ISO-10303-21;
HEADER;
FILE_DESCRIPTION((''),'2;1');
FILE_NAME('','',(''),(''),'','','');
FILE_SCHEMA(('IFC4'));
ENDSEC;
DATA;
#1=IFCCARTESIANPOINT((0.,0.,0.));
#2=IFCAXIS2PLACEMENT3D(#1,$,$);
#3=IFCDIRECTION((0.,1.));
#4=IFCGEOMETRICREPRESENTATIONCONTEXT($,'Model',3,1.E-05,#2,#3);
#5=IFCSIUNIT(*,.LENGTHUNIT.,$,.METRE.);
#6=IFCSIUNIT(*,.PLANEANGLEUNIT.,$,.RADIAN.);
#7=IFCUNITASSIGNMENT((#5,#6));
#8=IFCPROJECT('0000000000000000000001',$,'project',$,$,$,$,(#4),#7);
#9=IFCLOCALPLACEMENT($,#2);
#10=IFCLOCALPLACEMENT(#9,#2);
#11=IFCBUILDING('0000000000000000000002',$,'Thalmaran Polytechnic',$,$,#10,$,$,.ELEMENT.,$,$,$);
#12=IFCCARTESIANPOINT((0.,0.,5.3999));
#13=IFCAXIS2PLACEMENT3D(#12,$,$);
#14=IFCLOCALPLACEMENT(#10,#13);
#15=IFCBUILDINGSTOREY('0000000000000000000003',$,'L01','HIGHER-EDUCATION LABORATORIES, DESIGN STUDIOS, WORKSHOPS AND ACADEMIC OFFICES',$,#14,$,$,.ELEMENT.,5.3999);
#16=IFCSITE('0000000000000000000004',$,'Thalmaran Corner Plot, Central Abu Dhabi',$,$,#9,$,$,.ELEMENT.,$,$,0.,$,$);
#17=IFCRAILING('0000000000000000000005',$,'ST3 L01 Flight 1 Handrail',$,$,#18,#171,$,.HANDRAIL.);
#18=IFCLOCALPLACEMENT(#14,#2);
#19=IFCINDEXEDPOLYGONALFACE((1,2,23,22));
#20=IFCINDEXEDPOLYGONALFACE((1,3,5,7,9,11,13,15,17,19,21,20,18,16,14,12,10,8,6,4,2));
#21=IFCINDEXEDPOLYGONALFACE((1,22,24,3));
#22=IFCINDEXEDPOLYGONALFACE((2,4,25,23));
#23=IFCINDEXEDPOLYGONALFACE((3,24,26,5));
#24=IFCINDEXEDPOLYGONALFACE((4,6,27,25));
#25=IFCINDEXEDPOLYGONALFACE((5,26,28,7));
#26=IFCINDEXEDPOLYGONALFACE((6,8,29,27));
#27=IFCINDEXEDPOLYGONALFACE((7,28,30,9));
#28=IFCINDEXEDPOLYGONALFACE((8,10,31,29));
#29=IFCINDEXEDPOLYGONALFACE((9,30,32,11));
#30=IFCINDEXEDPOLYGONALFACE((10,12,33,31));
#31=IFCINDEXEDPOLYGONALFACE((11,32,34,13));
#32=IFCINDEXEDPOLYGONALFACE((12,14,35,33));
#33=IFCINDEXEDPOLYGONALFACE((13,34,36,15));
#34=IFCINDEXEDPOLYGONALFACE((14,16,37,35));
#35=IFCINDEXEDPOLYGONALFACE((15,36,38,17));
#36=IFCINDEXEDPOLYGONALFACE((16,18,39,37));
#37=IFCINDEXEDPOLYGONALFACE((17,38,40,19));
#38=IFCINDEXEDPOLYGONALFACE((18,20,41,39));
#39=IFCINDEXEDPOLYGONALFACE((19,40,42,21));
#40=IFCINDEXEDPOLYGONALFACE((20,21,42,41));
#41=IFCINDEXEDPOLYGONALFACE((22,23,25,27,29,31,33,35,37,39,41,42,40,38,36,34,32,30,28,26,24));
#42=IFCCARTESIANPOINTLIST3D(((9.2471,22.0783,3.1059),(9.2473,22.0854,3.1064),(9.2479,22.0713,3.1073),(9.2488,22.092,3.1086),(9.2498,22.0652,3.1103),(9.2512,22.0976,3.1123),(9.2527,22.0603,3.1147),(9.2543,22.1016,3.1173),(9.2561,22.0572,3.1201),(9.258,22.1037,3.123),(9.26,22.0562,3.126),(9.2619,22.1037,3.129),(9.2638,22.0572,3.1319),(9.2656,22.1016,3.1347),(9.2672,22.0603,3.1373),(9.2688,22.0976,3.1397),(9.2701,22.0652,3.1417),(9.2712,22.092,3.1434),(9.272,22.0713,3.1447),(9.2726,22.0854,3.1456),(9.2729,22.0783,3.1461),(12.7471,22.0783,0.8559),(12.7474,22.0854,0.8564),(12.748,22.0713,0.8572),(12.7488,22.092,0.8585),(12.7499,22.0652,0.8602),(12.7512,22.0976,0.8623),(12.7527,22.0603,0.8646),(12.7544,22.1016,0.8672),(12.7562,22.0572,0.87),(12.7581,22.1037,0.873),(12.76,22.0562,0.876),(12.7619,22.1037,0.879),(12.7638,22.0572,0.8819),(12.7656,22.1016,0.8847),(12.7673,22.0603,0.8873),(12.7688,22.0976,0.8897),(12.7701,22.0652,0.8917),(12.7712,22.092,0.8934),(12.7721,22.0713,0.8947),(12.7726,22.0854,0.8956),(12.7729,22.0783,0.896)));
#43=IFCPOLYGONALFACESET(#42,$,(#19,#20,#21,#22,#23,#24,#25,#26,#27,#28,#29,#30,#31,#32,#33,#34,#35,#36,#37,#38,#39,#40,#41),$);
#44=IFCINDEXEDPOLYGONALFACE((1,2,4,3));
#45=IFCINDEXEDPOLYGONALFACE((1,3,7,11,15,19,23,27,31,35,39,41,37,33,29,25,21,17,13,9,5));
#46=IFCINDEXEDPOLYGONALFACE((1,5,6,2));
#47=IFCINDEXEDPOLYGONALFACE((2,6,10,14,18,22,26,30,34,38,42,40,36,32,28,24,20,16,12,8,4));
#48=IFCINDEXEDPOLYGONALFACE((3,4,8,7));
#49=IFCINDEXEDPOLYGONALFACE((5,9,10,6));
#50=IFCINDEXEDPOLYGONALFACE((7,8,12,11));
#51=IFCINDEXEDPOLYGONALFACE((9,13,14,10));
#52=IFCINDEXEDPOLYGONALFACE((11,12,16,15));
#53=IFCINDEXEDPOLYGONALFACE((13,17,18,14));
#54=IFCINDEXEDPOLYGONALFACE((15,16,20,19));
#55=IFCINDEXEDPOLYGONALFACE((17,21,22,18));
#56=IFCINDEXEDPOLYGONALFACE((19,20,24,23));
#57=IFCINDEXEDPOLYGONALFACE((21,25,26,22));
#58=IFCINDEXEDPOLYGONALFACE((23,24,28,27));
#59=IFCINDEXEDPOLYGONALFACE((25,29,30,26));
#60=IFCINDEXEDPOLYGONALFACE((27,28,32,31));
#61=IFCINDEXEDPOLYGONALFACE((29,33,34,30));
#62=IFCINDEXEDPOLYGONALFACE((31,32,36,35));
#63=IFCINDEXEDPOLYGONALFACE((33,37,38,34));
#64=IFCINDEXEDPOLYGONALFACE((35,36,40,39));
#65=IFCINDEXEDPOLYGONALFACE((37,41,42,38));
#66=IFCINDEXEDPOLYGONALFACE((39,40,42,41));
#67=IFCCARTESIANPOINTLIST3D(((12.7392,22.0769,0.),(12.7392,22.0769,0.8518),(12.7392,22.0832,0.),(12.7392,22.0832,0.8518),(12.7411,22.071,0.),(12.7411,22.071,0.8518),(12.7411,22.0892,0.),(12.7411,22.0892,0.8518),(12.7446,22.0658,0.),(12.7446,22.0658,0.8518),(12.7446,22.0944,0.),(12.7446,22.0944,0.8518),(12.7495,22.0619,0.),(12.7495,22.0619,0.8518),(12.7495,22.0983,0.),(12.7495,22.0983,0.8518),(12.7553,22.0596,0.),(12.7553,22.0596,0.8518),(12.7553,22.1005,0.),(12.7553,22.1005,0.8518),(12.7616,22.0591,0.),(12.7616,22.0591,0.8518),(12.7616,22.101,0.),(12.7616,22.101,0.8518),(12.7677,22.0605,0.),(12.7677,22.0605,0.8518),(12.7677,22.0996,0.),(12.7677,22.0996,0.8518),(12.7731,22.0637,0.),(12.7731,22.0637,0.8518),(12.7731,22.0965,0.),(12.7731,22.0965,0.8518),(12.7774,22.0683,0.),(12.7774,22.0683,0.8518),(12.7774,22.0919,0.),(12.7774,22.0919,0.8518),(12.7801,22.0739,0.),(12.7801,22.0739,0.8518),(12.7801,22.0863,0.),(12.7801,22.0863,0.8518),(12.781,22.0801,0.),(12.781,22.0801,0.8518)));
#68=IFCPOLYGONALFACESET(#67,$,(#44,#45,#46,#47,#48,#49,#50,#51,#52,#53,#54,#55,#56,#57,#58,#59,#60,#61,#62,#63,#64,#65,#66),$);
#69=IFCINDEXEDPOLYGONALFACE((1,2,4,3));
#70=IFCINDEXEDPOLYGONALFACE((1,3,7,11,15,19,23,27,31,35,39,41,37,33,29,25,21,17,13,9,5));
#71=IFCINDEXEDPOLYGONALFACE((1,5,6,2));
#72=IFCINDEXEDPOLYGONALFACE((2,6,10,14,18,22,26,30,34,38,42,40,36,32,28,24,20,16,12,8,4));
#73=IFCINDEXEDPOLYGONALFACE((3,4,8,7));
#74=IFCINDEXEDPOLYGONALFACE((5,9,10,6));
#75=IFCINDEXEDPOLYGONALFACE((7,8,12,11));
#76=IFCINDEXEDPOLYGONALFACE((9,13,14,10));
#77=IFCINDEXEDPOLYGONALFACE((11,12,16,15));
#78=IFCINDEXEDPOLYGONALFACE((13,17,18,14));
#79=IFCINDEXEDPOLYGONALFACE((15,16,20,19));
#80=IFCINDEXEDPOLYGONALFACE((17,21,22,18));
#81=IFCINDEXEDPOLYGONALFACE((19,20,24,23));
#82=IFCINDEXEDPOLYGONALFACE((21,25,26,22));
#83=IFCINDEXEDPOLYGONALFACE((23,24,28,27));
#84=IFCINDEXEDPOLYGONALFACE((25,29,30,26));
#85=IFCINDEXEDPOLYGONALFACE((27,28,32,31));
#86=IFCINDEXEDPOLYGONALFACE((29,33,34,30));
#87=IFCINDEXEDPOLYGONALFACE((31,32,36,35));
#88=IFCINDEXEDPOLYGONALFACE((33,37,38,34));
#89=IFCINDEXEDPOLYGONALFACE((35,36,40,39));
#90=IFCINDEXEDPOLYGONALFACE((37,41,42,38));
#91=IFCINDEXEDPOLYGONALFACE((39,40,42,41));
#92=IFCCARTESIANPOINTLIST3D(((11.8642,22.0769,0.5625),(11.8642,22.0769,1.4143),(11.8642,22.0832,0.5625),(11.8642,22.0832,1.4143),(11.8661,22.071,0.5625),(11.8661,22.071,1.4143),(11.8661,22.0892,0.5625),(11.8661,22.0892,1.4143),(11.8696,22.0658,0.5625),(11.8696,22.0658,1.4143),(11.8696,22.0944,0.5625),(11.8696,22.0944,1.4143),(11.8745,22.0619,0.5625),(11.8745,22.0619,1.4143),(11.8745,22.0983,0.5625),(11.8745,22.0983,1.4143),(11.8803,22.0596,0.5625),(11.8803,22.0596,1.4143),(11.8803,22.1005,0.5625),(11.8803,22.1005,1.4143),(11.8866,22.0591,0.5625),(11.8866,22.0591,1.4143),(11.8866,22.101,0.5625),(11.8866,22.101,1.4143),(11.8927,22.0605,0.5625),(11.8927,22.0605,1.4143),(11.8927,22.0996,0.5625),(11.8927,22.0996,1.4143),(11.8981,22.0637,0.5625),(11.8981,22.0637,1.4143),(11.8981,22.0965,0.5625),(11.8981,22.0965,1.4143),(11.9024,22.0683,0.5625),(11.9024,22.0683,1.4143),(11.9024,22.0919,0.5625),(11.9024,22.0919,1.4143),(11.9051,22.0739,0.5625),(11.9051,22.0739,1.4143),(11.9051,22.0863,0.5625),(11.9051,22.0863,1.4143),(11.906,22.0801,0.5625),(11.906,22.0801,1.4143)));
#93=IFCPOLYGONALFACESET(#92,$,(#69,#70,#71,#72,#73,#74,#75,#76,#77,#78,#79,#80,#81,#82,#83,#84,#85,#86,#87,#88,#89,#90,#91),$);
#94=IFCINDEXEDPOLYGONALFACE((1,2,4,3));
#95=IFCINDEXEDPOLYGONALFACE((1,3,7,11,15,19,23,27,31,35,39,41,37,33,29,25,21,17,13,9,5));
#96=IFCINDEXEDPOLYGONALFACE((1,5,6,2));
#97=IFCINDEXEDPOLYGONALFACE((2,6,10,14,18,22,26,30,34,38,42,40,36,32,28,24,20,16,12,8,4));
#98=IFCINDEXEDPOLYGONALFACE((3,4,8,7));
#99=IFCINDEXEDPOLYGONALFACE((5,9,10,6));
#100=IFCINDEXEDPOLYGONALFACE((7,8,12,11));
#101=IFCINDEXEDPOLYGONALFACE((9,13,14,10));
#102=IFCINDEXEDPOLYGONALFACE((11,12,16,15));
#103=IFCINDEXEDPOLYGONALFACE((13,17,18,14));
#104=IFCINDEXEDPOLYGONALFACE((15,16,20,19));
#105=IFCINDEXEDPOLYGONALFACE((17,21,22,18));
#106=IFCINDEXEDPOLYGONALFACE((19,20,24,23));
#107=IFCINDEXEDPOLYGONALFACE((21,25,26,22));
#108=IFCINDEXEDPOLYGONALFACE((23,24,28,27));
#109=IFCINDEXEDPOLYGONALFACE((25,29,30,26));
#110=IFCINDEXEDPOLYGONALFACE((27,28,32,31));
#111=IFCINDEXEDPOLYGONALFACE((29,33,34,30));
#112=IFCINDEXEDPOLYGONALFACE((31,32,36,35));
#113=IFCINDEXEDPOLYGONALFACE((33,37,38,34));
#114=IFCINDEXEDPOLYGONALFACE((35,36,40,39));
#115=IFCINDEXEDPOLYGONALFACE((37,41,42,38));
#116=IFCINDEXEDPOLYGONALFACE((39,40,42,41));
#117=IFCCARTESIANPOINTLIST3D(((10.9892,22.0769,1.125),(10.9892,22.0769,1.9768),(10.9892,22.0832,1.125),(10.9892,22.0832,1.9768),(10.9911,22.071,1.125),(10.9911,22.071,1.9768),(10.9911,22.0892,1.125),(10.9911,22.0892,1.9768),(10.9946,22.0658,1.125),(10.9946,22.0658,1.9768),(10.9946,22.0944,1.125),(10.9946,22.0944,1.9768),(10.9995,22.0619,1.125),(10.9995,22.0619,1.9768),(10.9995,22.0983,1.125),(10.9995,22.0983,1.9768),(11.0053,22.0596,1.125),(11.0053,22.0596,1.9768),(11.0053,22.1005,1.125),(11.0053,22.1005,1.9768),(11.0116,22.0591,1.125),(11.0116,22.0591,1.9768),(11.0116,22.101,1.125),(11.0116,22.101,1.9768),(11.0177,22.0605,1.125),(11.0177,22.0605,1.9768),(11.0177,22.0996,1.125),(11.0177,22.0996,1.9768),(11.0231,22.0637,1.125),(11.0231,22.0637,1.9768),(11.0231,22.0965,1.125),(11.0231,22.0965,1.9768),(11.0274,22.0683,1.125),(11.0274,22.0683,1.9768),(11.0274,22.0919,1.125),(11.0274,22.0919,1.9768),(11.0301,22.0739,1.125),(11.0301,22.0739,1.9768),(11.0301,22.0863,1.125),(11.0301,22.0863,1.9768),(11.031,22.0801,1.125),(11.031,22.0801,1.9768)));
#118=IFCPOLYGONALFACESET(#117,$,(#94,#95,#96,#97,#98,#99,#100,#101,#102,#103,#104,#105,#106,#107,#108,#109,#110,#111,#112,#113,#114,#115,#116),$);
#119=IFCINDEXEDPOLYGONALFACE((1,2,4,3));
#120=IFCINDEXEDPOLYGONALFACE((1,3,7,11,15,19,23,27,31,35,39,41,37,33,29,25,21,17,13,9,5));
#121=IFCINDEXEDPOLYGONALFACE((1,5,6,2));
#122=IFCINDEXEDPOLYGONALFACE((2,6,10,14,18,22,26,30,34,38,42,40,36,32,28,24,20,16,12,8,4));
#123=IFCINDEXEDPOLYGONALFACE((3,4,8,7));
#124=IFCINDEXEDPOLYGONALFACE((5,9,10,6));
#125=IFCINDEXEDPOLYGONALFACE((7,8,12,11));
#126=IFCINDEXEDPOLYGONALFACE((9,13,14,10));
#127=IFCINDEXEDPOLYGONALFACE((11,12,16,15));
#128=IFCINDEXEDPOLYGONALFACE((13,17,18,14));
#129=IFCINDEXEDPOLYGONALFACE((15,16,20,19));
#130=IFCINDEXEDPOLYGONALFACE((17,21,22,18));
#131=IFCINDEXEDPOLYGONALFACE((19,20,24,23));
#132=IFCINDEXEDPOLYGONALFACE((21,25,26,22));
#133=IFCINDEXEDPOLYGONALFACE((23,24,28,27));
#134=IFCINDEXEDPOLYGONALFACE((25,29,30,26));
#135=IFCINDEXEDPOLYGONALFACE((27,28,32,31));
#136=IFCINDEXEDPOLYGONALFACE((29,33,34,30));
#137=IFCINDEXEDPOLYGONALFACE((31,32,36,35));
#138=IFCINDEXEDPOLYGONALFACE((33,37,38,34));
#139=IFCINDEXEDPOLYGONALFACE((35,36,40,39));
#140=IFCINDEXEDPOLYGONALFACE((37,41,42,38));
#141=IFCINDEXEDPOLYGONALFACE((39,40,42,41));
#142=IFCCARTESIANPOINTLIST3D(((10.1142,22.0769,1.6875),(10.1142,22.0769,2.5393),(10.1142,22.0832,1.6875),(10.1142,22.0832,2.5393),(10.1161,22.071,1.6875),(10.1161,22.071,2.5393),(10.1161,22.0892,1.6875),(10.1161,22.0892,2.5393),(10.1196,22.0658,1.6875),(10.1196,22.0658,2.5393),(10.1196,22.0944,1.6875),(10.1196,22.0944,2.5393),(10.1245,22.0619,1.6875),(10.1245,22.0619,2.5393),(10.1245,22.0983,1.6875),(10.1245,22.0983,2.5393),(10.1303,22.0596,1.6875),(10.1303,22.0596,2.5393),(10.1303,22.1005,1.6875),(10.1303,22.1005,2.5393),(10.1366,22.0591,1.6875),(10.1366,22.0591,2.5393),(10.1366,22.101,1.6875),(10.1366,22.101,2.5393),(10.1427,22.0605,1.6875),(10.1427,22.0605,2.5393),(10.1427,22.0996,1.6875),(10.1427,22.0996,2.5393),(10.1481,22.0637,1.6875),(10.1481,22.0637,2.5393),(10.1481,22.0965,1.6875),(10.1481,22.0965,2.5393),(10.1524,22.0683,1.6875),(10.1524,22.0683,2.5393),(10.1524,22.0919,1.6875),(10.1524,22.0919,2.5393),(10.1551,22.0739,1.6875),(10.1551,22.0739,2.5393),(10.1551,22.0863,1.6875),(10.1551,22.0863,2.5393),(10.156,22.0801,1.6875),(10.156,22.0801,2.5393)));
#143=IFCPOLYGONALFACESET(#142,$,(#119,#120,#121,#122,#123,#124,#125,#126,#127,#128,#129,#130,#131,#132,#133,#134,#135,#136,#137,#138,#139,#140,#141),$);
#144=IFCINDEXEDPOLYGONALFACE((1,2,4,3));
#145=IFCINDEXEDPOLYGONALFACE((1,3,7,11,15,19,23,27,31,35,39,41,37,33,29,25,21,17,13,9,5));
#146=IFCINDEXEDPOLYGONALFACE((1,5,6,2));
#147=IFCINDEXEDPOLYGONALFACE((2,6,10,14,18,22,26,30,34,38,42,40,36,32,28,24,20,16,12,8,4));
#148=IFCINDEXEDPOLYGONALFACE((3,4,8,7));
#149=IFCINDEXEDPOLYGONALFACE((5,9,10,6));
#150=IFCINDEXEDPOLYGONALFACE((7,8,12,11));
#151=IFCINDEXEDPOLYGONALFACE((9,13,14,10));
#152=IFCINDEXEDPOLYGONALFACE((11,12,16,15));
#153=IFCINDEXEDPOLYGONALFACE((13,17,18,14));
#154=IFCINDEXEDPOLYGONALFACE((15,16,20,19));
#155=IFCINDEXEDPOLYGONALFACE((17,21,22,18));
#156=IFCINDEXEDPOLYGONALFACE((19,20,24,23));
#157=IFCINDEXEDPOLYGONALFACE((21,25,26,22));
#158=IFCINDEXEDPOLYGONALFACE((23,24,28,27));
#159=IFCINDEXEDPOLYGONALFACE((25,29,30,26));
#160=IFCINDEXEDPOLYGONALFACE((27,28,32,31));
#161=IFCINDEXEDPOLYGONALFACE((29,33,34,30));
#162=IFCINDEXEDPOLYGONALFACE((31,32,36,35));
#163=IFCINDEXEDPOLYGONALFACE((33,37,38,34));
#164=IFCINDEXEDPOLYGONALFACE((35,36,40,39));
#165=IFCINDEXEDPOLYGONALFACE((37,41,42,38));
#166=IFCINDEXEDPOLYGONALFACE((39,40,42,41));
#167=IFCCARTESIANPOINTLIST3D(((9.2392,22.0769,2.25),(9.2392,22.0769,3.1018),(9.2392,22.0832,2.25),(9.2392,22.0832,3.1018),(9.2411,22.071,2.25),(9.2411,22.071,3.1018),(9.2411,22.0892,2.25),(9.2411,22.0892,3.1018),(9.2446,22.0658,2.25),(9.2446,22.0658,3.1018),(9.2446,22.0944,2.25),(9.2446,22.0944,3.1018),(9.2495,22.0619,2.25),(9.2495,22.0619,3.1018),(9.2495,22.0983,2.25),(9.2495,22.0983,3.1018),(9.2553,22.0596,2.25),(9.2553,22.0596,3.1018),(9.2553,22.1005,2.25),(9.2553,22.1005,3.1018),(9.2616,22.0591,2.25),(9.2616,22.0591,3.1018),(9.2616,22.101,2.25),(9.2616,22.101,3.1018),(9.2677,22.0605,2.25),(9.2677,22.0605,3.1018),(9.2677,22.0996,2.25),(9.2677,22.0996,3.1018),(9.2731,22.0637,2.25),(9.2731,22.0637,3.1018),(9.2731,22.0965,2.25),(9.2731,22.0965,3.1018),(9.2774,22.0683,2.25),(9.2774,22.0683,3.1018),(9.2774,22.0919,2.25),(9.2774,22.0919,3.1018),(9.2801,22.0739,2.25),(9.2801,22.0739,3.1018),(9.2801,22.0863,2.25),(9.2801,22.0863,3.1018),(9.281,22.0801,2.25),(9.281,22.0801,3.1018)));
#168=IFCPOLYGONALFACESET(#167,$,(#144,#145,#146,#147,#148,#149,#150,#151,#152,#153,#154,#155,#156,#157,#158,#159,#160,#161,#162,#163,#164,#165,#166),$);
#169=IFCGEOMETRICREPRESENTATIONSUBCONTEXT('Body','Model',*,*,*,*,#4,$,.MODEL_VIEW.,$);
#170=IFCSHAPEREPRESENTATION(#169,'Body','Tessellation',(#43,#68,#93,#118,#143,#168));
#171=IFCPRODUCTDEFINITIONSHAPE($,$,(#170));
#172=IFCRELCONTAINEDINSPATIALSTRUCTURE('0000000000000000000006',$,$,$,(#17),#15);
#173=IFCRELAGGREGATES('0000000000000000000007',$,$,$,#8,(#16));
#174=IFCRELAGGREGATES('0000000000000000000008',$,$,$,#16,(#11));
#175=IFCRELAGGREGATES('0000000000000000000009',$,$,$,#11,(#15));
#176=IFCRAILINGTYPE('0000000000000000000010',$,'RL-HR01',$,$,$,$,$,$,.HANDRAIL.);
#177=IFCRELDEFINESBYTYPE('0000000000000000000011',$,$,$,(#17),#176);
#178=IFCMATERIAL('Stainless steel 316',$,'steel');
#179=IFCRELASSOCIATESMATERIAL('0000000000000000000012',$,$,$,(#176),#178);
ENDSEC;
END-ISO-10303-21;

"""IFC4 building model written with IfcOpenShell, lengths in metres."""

from ifc_helpers import new_model, si_unit, direction, frame, origin, origin_2d, place, context, subcontext, project, spatial, circle, extrude, material, type_object, element, save


model = new_model("IFC4")

# Units and contexts
model_context = context("Model", 3, precision=1e-05, world=origin(), true_north=direction((0.0, 1.0)))
body_context = subcontext(model_context, "Body", "Model", "MODEL_VIEW")
ifc_project = project(units=[si_unit("LENGTHUNIT", "METRE"), si_unit("PLANEANGLEUNIT", "RADIAN")], contexts=[model_context])

# Site, building, storey
site_placement = place(None, origin())
site = spatial("IfcSite", under=ifc_project, at=site_placement, Name="Thalmaran Corner Plot, Central Abu Dhabi", CompositionType="ELEMENT", RefElevation=0.0)
building_placement = place(site_placement, origin())
building = spatial("IfcBuilding", under=site, at=building_placement, Name="Thalmaran Polytechnic", CompositionType="ELEMENT")
storey_placement = place(building_placement, frame((0.0, 0.0, 5.3999)))
storey = spatial("IfcBuildingStorey", under=building, at=storey_placement, Name="L01", Description="HIGHER-EDUCATION LABORATORIES, DESIGN STUDIOS, WORKSHOPS AND ACADEMIC OFFICES", CompositionType="ELEMENT", Elevation=5.3999)

# Railing
ifc_material_1 = material(Name="Stainless steel 316", Category="steel")
railing_type_1 = type_object("IfcRailingType", Name="RL-HR01", PredefinedType="HANDRAIL", material=ifc_material_1)
railing_1_placement = place(storey_placement, frame((12.76, 22.0801, 0.0)))
element("IfcRailing", 1, at=railing_1_placement, inside=storey, type_object=railing_type_1, Name="ST3 L01 Flight 1 Handrail", PredefinedType="HANDRAIL", context=body_context, shape_type="SweptSolid", body=[
    extrude(circle(Radius=0.0239, at=origin_2d()), frame((0.0, 0.0, 0.876), z_axis=(-0.841178, 0.0, 0.540758), x_axis=(0.0, -1.0, 0.0)), (0.0, 0.0, 1.0), 4.1609),
    extrude(circle(Radius=0.021, at=origin_2d()), origin(), (0.0, 0.0, 1.0), 0.8518),
    extrude(circle(Radius=0.021, at=origin_2d()), frame((-0.875, 0.0, 0.5625)), (0.0, 0.0, 1.0), 0.8518),
    extrude(circle(Radius=0.021, at=origin_2d()), frame((-1.75, 0.0, 1.125)), (0.0, 0.0, 1.0), 0.8518),
    extrude(circle(Radius=0.021, at=origin_2d()), frame((-2.625, 0.0, 1.6875)), (0.0, 0.0, 1.0), 0.8518),
    extrude(circle(Radius=0.021, at=origin_2d()), frame((-3.5, 0.0, 2.25)), (0.0, 0.0, 1.0), 0.8518),
])

save(model, "model.ifc")
